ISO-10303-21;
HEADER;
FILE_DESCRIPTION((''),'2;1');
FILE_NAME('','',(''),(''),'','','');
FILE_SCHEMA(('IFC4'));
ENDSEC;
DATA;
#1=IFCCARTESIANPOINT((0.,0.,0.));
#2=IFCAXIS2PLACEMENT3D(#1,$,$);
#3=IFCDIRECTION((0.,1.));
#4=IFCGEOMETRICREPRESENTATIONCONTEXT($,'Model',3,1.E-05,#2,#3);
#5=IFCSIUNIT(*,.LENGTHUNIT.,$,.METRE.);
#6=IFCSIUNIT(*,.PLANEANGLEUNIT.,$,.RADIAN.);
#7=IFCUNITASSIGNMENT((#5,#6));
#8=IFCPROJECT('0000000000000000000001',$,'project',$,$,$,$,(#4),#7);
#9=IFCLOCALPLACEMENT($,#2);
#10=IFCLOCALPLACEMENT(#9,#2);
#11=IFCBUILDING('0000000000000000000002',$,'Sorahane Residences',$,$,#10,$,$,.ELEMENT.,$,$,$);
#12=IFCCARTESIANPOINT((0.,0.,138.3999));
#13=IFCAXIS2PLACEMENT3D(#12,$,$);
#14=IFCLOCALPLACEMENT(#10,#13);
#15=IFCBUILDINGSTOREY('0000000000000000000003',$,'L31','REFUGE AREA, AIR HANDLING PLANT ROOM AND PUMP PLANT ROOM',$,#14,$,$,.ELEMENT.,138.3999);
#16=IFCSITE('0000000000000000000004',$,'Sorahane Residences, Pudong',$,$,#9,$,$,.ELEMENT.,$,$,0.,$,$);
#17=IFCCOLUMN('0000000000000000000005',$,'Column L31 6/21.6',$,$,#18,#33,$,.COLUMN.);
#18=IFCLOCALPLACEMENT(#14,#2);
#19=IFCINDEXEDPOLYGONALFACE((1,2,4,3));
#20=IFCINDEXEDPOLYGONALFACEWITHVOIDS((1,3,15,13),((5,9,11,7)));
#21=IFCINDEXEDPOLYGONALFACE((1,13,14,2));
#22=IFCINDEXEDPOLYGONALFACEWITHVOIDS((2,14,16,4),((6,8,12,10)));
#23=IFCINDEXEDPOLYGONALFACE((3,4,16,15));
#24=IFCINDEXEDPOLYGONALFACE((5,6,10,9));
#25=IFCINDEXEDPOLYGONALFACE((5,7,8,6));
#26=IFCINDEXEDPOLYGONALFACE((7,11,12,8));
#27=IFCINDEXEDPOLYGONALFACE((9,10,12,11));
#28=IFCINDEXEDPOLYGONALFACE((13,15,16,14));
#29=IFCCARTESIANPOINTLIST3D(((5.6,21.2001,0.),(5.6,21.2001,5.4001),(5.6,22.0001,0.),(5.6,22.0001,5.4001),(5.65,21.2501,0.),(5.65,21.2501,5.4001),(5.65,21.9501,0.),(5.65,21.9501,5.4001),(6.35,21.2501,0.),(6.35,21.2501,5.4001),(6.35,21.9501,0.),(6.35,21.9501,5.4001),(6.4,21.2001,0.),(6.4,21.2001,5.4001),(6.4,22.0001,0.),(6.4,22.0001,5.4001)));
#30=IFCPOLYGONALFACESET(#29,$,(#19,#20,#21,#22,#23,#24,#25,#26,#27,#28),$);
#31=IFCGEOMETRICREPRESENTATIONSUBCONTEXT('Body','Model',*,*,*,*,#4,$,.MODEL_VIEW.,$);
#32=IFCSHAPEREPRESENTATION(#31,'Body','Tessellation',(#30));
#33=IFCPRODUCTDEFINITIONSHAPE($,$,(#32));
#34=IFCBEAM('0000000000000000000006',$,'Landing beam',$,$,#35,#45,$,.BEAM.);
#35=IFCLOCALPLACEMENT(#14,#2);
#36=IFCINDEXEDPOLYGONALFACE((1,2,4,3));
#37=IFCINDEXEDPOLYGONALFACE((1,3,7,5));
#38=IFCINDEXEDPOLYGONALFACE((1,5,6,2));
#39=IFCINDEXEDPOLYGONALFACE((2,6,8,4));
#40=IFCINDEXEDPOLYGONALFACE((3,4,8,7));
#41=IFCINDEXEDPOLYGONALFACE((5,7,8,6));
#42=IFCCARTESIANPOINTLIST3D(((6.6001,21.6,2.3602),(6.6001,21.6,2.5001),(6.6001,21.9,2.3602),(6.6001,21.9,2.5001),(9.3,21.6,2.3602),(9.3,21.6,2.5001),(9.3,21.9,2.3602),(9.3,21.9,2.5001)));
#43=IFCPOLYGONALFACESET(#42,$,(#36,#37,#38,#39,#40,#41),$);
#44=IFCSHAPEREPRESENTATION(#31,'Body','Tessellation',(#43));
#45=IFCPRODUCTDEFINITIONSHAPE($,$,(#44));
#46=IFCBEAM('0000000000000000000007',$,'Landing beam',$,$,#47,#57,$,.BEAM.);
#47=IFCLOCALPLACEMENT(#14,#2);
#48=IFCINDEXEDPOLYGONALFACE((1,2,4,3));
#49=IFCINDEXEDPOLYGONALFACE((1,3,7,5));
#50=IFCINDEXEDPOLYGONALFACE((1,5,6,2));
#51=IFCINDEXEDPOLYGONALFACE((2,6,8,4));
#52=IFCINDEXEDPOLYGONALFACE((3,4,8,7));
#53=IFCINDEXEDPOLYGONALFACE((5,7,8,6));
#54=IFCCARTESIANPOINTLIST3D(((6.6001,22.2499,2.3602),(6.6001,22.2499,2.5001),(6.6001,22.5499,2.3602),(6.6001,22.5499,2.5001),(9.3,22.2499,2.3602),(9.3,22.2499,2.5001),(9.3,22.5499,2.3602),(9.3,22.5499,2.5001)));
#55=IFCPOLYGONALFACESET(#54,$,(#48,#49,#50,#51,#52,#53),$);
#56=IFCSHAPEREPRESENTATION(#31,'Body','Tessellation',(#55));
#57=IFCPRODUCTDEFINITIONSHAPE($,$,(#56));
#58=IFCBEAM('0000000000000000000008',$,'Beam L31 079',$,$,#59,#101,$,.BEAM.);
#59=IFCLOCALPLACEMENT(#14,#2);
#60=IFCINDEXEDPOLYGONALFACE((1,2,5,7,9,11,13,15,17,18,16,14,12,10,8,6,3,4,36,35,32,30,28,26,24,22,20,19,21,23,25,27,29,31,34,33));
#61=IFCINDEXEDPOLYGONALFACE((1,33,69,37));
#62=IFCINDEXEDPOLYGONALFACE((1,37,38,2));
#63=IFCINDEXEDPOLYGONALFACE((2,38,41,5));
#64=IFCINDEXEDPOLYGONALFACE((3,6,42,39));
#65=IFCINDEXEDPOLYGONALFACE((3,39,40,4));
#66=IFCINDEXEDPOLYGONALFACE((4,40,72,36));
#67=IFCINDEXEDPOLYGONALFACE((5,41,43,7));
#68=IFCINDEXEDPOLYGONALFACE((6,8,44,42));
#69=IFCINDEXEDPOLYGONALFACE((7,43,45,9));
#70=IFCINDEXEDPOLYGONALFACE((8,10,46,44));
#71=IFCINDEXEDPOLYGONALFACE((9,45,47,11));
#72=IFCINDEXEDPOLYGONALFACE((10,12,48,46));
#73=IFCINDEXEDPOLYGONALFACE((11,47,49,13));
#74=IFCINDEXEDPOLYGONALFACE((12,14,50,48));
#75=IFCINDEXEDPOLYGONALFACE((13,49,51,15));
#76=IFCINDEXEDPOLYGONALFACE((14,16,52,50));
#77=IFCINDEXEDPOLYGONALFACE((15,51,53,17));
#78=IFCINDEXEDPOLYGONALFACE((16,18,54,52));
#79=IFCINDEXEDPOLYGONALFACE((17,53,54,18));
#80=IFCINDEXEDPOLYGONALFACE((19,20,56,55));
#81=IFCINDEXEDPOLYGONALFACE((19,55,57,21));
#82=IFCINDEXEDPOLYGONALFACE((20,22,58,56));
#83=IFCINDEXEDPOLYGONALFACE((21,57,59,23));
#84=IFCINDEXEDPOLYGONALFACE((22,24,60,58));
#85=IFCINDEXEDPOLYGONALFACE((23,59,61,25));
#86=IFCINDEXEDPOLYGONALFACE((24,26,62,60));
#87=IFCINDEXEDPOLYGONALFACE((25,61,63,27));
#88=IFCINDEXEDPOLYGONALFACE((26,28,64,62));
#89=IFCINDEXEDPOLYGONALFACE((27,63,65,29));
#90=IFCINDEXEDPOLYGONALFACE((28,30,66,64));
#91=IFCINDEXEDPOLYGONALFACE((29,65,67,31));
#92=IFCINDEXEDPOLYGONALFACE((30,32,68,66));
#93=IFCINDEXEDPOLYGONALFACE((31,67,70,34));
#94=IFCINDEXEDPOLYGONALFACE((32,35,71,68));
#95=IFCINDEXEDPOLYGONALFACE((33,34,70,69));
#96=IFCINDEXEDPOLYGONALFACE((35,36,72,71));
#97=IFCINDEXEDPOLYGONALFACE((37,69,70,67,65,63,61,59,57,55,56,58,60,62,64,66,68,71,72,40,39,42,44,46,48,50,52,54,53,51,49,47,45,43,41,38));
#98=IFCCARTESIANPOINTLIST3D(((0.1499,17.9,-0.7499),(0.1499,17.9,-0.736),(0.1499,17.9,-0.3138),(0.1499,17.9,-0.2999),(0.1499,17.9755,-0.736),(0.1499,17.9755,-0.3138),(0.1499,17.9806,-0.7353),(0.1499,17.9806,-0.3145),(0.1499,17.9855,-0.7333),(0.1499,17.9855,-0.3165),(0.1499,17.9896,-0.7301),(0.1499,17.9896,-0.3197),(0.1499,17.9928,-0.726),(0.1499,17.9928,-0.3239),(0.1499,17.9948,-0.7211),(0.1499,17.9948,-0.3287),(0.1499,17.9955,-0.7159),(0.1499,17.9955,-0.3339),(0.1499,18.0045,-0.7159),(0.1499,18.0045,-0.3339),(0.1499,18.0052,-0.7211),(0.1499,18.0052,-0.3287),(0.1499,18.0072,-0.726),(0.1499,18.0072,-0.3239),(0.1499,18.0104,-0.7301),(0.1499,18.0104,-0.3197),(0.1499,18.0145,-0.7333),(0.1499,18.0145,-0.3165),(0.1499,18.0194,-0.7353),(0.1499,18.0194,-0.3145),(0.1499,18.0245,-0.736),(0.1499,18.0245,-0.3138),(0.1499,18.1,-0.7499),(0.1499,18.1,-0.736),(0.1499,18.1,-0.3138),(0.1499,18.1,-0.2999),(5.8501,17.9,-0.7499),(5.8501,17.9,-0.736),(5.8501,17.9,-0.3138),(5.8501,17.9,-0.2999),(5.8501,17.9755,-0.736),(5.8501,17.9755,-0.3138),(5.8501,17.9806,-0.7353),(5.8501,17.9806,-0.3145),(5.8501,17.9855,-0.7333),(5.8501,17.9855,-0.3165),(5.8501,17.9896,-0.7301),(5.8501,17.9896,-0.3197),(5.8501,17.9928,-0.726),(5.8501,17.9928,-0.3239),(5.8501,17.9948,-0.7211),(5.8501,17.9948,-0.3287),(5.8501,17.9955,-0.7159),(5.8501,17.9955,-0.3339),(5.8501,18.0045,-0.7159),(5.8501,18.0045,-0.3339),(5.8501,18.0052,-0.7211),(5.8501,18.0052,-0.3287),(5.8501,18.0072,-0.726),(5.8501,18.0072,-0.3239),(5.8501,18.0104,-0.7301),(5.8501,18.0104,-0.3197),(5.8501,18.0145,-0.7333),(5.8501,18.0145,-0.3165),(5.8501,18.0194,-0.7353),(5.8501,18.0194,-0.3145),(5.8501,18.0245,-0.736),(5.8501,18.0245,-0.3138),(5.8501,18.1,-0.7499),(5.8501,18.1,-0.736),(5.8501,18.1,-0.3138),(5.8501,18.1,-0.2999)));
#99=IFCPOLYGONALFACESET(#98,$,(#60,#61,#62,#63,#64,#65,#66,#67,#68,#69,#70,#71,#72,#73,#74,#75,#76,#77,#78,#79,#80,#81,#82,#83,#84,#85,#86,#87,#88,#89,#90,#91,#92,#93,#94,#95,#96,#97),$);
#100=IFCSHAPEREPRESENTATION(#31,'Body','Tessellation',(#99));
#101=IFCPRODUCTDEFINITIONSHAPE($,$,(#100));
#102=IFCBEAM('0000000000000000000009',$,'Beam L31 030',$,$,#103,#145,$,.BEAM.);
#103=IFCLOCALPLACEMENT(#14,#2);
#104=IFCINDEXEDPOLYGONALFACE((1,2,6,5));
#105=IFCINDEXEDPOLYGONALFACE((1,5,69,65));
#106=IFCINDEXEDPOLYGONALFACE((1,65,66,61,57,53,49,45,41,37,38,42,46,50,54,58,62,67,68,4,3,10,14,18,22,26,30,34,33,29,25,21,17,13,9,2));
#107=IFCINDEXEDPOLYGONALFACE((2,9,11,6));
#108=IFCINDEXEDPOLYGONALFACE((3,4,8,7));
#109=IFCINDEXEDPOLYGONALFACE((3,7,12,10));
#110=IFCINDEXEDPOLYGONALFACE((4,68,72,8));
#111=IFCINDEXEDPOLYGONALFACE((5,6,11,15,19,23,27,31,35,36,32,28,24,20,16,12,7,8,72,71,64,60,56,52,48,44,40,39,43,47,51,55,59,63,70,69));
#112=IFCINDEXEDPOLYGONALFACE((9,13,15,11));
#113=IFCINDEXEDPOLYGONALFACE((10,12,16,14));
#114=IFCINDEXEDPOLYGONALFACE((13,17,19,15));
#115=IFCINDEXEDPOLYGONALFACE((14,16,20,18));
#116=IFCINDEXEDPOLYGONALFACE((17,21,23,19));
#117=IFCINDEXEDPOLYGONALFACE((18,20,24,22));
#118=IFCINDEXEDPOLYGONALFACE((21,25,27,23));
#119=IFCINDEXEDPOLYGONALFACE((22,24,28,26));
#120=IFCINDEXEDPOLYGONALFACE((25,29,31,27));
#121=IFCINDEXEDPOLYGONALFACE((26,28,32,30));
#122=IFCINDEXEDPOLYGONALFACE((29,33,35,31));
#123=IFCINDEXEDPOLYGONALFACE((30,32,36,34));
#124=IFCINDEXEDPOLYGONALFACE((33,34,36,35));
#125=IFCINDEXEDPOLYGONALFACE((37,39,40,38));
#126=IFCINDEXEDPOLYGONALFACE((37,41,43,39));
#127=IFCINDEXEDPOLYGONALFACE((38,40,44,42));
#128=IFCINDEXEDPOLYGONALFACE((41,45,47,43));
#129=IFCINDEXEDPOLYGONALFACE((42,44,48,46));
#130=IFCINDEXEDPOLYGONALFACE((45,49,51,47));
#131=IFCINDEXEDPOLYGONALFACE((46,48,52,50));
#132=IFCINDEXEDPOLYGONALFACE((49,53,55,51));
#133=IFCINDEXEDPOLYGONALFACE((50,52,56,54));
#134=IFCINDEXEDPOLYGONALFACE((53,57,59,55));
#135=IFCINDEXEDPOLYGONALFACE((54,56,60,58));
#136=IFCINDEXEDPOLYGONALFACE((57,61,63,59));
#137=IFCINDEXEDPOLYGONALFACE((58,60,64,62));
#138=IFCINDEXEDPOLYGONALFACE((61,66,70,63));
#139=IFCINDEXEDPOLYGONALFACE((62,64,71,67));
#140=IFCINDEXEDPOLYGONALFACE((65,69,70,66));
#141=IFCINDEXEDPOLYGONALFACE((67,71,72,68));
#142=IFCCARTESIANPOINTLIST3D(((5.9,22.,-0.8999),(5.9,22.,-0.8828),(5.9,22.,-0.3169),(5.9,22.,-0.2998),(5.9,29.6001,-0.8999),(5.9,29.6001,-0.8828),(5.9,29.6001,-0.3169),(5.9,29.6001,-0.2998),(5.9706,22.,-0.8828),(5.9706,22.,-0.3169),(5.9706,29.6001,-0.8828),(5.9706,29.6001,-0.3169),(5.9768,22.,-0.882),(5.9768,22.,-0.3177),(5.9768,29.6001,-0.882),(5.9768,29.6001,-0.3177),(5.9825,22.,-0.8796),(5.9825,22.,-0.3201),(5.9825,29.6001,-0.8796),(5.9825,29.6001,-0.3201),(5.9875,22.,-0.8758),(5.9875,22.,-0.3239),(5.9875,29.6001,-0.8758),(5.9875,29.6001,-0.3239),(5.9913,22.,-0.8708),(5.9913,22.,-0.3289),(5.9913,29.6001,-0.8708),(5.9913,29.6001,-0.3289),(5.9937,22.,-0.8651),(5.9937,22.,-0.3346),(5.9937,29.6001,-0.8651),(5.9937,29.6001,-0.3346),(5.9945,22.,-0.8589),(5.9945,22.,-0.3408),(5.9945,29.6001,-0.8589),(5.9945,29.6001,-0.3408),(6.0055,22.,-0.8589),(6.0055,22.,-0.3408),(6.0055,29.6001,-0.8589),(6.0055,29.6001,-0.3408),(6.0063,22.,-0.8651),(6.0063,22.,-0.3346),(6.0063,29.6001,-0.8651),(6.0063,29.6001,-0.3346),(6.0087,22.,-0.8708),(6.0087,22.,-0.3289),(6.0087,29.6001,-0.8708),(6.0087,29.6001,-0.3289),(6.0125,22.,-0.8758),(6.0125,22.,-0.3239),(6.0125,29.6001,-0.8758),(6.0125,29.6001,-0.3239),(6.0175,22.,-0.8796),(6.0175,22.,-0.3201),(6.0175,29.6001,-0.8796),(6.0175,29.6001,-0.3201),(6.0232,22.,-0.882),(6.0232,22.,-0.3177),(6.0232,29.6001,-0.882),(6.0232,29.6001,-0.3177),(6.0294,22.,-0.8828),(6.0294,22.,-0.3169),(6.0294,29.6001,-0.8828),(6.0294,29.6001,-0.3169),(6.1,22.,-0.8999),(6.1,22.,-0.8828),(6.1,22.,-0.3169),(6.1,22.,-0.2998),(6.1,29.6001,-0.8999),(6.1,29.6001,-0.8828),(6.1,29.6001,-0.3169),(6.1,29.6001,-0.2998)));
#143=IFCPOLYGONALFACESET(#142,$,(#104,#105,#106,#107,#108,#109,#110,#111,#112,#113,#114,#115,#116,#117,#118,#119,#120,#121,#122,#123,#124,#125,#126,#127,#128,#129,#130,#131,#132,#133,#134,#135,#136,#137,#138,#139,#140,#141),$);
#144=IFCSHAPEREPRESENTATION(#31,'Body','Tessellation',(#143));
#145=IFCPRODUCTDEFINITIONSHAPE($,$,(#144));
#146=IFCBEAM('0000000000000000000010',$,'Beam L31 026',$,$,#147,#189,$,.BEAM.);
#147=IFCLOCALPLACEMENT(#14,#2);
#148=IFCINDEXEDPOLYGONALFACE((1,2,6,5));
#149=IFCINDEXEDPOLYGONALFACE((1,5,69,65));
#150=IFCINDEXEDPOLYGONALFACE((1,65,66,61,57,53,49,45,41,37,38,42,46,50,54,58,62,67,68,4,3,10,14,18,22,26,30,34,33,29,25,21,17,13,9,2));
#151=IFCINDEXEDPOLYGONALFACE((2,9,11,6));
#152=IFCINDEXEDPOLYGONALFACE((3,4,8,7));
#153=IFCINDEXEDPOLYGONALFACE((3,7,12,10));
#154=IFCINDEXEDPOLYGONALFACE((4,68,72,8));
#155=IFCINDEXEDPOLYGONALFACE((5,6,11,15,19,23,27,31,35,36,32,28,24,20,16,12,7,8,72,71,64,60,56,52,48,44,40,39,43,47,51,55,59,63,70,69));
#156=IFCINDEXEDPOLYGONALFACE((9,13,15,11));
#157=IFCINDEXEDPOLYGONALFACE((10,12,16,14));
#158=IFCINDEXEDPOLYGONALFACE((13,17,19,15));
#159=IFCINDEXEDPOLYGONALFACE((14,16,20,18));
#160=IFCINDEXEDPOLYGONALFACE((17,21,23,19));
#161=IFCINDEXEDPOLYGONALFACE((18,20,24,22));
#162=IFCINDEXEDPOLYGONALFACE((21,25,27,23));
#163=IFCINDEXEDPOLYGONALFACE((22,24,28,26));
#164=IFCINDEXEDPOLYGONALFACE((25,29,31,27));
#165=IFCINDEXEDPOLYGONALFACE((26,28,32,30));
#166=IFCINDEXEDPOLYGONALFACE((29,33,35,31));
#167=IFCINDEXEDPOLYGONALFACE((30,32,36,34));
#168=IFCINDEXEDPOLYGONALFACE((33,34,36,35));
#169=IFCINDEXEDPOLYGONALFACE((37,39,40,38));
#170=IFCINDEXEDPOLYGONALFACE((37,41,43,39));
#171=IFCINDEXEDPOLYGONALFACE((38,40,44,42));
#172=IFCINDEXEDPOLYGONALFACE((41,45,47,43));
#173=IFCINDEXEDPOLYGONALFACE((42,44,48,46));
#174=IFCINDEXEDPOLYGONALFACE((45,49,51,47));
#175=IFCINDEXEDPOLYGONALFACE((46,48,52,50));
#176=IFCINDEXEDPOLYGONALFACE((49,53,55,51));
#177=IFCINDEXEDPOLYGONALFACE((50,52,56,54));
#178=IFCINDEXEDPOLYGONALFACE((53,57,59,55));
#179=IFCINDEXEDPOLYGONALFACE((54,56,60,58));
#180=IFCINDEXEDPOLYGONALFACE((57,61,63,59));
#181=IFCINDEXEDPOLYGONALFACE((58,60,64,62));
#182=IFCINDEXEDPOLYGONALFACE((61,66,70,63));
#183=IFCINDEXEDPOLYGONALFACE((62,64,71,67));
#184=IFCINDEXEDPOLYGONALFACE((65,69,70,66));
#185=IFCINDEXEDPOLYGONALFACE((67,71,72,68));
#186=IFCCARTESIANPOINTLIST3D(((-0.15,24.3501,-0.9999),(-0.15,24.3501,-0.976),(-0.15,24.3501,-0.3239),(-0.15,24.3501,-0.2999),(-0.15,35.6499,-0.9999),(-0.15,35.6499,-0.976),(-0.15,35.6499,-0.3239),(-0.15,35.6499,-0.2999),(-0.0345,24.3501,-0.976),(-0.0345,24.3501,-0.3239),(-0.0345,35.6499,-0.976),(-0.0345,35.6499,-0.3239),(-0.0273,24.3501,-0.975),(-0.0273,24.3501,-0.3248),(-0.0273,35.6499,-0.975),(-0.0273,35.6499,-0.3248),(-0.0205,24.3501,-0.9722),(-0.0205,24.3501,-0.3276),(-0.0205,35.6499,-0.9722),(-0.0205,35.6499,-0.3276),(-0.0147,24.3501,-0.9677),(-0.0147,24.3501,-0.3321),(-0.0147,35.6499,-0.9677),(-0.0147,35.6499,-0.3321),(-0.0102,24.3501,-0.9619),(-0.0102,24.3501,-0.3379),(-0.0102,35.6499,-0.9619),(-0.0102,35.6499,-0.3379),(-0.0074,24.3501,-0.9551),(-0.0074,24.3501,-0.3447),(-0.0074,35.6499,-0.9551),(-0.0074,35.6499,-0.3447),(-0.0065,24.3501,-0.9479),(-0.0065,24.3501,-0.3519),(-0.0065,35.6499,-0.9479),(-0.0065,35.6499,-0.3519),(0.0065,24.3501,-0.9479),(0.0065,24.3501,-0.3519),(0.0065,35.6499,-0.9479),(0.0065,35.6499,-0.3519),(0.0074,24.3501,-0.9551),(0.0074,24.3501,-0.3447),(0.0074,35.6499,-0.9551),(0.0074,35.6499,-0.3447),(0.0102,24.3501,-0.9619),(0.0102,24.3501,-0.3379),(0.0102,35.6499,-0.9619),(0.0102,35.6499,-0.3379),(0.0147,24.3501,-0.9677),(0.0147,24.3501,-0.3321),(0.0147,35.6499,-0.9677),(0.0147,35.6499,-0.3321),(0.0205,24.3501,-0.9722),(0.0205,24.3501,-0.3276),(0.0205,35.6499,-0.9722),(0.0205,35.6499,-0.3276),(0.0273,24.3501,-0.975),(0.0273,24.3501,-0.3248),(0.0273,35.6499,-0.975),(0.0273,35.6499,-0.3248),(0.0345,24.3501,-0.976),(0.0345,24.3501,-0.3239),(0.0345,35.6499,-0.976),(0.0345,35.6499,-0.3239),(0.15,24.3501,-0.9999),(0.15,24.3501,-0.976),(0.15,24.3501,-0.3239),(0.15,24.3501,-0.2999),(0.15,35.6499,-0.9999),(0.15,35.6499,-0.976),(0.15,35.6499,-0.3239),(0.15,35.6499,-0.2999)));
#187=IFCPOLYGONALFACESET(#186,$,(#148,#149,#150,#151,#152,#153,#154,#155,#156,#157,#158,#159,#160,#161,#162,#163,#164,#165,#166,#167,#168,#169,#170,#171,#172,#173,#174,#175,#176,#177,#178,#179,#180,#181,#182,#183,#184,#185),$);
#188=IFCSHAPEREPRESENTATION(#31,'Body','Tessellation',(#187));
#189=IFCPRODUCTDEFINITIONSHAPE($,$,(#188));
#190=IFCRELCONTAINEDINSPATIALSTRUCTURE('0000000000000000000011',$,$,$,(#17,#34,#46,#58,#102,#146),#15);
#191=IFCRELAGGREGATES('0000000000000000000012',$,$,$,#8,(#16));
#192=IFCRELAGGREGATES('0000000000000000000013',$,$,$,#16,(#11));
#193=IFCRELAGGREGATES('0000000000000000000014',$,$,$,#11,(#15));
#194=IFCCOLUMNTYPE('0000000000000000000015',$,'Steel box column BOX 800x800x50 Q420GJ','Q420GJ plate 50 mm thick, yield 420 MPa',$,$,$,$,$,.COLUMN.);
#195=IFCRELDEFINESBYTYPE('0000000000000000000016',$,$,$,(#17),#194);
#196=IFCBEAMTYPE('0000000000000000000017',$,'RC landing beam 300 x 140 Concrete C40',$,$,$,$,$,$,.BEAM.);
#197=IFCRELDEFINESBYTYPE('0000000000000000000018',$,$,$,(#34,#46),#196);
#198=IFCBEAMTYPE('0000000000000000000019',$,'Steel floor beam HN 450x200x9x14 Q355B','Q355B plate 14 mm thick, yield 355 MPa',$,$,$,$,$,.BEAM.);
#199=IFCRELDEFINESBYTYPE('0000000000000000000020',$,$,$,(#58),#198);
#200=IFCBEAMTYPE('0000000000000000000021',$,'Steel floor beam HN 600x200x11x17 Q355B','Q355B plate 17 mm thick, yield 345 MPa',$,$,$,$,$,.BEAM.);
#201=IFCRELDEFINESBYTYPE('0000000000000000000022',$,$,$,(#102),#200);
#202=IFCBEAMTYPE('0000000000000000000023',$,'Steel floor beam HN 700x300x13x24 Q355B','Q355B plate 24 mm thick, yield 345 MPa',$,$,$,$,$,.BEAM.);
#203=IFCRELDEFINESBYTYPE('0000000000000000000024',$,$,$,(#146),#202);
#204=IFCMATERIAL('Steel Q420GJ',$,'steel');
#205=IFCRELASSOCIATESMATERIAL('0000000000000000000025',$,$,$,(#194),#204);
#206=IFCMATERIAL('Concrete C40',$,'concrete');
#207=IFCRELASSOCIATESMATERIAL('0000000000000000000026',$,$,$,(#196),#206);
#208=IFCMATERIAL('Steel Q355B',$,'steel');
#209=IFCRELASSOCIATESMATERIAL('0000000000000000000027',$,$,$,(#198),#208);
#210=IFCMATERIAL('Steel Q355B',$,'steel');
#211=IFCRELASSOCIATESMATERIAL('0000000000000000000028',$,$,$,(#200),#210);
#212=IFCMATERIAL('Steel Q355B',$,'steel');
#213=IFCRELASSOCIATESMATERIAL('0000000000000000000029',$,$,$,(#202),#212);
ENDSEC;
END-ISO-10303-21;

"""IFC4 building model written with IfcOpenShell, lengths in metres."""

from ifc_helpers import new_model, si_unit, direction, frame, origin, origin_2d, place, context, subcontext, project, spatial, rectangle, hollow_rectangle, i_section, extrude, material, material_profile, profile_set, type_object, element, save


model = new_model("IFC4")

# Units and contexts
model_context = context("Model", 3, precision=1e-05, world=origin(), true_north=direction((0.0, 1.0)))
body_context = subcontext(model_context, "Body", "Model", "MODEL_VIEW")
ifc_project = project(units=[si_unit("LENGTHUNIT", "METRE"), si_unit("PLANEANGLEUNIT", "RADIAN")], contexts=[model_context])

# Site, building, storey
site_placement = place(None, origin())
site = spatial("IfcSite", under=ifc_project, at=site_placement, Name="Sorahane Residences, Pudong", CompositionType="ELEMENT", RefElevation=0.0)
building_placement = place(site_placement, origin())
building = spatial("IfcBuilding", under=site, at=building_placement, Name="Sorahane Residences", CompositionType="ELEMENT")
storey_placement = place(building_placement, frame((0.0, 0.0, 138.3999)))
storey = spatial("IfcBuildingStorey", under=building, at=storey_placement, Name="L31", Description="REFUGE AREA, AIR HANDLING PLANT ROOM AND PUMP PLANT ROOM", CompositionType="ELEMENT", Elevation=138.3999)

# Column
ifc_material_1 = material(Name="Steel Q420GJ", Category="steel")
ifc_material_profile_1 = material_profile(ifc_material_1, hollow_rectangle(XDim=0.8, YDim=0.8, WallThickness=0.05, at=origin_2d()), Name="BOX 800x800x50")
ifc_profile_set_1 = profile_set([ifc_material_profile_1], Name="Steel Q420GJ")
column_type = type_object("IfcColumnType", Name="Steel box column BOX 800x800x50 Q420GJ", Description="Q420GJ plate 50 mm thick, yield 420 MPa", PredefinedType="COLUMN", material=ifc_profile_set_1)
column_placement = place(storey_placement, frame((6.0, 21.6001, 0.0), z_axis=(0.0, 0.0, 1.0), x_axis=(1.0, 0.0, 0.0)))
element("IfcColumn", 1, at=column_placement, inside=storey, type_object=column_type, Name="Column L31 6/21.6", PredefinedType="COLUMN", context=body_context, shape_type="SweptSolid", body=[
    extrude(hollow_rectangle(XDim=0.8, YDim=0.8, WallThickness=0.05, at=origin_2d()), origin(), (0.0, 0.0, 1.0), 5.4001),
])

# Beams
ifc_material_2 = material(Name="Concrete C40", Category="concrete")
ifc_material_profile_2 = material_profile(ifc_material_2, rectangle(XDim=0.3, YDim=0.1399, at=origin_2d()), Name="300x140")
ifc_profile_set_2 = profile_set([ifc_material_profile_2], Name="Concrete C40")
beam_type_1 = type_object("IfcBeamType", Name="RC landing beam 300 x 140 Concrete C40", PredefinedType="BEAM", material=ifc_profile_set_2)
for number, where, z_axis, x_axis, name in (
    (2, (6.6001, 21.75, 2.4302), (1.0, 0.0, 0.0), (0.0, 1.0, 0.0), "Landing beam"),
    (3, (6.6001, 22.3999, 2.4302), (1.0, 0.0, 0.0), (0.0, 1.0, 0.0), "Landing beam"),
):
    element("IfcBeam", number, at=place(storey_placement, frame(where, z_axis=z_axis, x_axis=x_axis)), inside=storey, type_object=beam_type_1, Name=name, PredefinedType="BEAM", context=body_context, shape_type="SweptSolid", body=[
        extrude(rectangle(XDim=0.3, YDim=0.1399, at=origin_2d()), origin(), (0.0, 0.0, 1.0), 2.7),
    ])
ifc_material_3 = material(Name="Steel Q355B", Category="steel")
ifc_material_profile_3 = material_profile(ifc_material_3, i_section(OverallWidth=0.2, OverallDepth=0.45, WebThickness=0.009, FlangeThickness=0.0139, FilletRadius=0.02, at=origin_2d()), Name="HN 450x200x9x14")
ifc_profile_set_3 = profile_set([ifc_material_profile_3], Name="Steel Q355B")
beam_type_2 = type_object("IfcBeamType", Name="Steel floor beam HN 450x200x9x14 Q355B", Description="Q355B plate 14 mm thick, yield 355 MPa", PredefinedType="BEAM", material=ifc_profile_set_3)
beam_1_placement = place(storey_placement, frame((0.1499, 18.0, -0.5249), z_axis=(1.0, 0.0, 0.0), x_axis=(0.0, 1.0, 0.0)))
element("IfcBeam", 4, at=beam_1_placement, inside=storey, type_object=beam_type_2, Name="Beam L31 079", PredefinedType="BEAM", context=body_context, shape_type="SweptSolid", body=[
    extrude(i_section(OverallWidth=0.2, OverallDepth=0.45, WebThickness=0.009, FlangeThickness=0.0139, FilletRadius=0.02, at=origin_2d()), origin(), (0.0, 0.0, 1.0), 5.7002),
])
ifc_material_4 = material(Name="Steel Q355B", Category="steel")
ifc_material_profile_4 = material_profile(ifc_material_4, i_section(OverallWidth=0.2, OverallDepth=0.6001, WebThickness=0.011, FlangeThickness=0.0171, FilletRadius=0.0239, at=origin_2d()), Name="HN 600x200x11x17")
ifc_profile_set_4 = profile_set([ifc_material_profile_4], Name="Steel Q355B")
beam_type_3 = type_object("IfcBeamType", Name="Steel floor beam HN 600x200x11x17 Q355B", Description="Q355B plate 17 mm thick, yield 345 MPa", PredefinedType="BEAM", material=ifc_profile_set_4)
beam_2_placement = place(storey_placement, frame((6.0, 22.0, -0.5999), z_axis=(0.0, 1.0, 0.0), x_axis=(-1.0, 0.0, 0.0)))
element("IfcBeam", 5, at=beam_2_placement, inside=storey, type_object=beam_type_3, Name="Beam L31 030", PredefinedType="BEAM", context=body_context, shape_type="SweptSolid", body=[
    extrude(i_section(OverallWidth=0.2, OverallDepth=0.6001, WebThickness=0.011, FlangeThickness=0.0171, FilletRadius=0.0239, at=origin_2d()), origin(), (0.0, 0.0, 1.0), 7.6001),
])
ifc_material_5 = material(Name="Steel Q355B", Category="steel")
ifc_material_profile_5 = material_profile(ifc_material_5, i_section(OverallWidth=0.3, OverallDepth=0.7, WebThickness=0.0129, FlangeThickness=0.0239, FilletRadius=0.0281, at=origin_2d()), Name="HN 700x300x13x24")
ifc_profile_set_5 = profile_set([ifc_material_profile_5], Name="Steel Q355B")
beam_type_4 = type_object("IfcBeamType", Name="Steel floor beam HN 700x300x13x24 Q355B", Description="Q355B plate 24 mm thick, yield 345 MPa", PredefinedType="BEAM", material=ifc_profile_set_5)
beam_3_placement = place(storey_placement, frame((0.0, 24.3501, -0.6499), z_axis=(0.0, 1.0, 0.0), x_axis=(-1.0, 0.0, 0.0)))
element("IfcBeam", 6, at=beam_3_placement, inside=storey, type_object=beam_type_4, Name="Beam L31 026", PredefinedType="BEAM", context=body_context, shape_type="SweptSolid", body=[
    extrude(i_section(OverallWidth=0.3, OverallDepth=0.7, WebThickness=0.0129, FlangeThickness=0.0239, FilletRadius=0.0281, at=origin_2d()), origin(), (0.0, 0.0, 1.0), 11.2998),
])

save(model, "model.ifc")
